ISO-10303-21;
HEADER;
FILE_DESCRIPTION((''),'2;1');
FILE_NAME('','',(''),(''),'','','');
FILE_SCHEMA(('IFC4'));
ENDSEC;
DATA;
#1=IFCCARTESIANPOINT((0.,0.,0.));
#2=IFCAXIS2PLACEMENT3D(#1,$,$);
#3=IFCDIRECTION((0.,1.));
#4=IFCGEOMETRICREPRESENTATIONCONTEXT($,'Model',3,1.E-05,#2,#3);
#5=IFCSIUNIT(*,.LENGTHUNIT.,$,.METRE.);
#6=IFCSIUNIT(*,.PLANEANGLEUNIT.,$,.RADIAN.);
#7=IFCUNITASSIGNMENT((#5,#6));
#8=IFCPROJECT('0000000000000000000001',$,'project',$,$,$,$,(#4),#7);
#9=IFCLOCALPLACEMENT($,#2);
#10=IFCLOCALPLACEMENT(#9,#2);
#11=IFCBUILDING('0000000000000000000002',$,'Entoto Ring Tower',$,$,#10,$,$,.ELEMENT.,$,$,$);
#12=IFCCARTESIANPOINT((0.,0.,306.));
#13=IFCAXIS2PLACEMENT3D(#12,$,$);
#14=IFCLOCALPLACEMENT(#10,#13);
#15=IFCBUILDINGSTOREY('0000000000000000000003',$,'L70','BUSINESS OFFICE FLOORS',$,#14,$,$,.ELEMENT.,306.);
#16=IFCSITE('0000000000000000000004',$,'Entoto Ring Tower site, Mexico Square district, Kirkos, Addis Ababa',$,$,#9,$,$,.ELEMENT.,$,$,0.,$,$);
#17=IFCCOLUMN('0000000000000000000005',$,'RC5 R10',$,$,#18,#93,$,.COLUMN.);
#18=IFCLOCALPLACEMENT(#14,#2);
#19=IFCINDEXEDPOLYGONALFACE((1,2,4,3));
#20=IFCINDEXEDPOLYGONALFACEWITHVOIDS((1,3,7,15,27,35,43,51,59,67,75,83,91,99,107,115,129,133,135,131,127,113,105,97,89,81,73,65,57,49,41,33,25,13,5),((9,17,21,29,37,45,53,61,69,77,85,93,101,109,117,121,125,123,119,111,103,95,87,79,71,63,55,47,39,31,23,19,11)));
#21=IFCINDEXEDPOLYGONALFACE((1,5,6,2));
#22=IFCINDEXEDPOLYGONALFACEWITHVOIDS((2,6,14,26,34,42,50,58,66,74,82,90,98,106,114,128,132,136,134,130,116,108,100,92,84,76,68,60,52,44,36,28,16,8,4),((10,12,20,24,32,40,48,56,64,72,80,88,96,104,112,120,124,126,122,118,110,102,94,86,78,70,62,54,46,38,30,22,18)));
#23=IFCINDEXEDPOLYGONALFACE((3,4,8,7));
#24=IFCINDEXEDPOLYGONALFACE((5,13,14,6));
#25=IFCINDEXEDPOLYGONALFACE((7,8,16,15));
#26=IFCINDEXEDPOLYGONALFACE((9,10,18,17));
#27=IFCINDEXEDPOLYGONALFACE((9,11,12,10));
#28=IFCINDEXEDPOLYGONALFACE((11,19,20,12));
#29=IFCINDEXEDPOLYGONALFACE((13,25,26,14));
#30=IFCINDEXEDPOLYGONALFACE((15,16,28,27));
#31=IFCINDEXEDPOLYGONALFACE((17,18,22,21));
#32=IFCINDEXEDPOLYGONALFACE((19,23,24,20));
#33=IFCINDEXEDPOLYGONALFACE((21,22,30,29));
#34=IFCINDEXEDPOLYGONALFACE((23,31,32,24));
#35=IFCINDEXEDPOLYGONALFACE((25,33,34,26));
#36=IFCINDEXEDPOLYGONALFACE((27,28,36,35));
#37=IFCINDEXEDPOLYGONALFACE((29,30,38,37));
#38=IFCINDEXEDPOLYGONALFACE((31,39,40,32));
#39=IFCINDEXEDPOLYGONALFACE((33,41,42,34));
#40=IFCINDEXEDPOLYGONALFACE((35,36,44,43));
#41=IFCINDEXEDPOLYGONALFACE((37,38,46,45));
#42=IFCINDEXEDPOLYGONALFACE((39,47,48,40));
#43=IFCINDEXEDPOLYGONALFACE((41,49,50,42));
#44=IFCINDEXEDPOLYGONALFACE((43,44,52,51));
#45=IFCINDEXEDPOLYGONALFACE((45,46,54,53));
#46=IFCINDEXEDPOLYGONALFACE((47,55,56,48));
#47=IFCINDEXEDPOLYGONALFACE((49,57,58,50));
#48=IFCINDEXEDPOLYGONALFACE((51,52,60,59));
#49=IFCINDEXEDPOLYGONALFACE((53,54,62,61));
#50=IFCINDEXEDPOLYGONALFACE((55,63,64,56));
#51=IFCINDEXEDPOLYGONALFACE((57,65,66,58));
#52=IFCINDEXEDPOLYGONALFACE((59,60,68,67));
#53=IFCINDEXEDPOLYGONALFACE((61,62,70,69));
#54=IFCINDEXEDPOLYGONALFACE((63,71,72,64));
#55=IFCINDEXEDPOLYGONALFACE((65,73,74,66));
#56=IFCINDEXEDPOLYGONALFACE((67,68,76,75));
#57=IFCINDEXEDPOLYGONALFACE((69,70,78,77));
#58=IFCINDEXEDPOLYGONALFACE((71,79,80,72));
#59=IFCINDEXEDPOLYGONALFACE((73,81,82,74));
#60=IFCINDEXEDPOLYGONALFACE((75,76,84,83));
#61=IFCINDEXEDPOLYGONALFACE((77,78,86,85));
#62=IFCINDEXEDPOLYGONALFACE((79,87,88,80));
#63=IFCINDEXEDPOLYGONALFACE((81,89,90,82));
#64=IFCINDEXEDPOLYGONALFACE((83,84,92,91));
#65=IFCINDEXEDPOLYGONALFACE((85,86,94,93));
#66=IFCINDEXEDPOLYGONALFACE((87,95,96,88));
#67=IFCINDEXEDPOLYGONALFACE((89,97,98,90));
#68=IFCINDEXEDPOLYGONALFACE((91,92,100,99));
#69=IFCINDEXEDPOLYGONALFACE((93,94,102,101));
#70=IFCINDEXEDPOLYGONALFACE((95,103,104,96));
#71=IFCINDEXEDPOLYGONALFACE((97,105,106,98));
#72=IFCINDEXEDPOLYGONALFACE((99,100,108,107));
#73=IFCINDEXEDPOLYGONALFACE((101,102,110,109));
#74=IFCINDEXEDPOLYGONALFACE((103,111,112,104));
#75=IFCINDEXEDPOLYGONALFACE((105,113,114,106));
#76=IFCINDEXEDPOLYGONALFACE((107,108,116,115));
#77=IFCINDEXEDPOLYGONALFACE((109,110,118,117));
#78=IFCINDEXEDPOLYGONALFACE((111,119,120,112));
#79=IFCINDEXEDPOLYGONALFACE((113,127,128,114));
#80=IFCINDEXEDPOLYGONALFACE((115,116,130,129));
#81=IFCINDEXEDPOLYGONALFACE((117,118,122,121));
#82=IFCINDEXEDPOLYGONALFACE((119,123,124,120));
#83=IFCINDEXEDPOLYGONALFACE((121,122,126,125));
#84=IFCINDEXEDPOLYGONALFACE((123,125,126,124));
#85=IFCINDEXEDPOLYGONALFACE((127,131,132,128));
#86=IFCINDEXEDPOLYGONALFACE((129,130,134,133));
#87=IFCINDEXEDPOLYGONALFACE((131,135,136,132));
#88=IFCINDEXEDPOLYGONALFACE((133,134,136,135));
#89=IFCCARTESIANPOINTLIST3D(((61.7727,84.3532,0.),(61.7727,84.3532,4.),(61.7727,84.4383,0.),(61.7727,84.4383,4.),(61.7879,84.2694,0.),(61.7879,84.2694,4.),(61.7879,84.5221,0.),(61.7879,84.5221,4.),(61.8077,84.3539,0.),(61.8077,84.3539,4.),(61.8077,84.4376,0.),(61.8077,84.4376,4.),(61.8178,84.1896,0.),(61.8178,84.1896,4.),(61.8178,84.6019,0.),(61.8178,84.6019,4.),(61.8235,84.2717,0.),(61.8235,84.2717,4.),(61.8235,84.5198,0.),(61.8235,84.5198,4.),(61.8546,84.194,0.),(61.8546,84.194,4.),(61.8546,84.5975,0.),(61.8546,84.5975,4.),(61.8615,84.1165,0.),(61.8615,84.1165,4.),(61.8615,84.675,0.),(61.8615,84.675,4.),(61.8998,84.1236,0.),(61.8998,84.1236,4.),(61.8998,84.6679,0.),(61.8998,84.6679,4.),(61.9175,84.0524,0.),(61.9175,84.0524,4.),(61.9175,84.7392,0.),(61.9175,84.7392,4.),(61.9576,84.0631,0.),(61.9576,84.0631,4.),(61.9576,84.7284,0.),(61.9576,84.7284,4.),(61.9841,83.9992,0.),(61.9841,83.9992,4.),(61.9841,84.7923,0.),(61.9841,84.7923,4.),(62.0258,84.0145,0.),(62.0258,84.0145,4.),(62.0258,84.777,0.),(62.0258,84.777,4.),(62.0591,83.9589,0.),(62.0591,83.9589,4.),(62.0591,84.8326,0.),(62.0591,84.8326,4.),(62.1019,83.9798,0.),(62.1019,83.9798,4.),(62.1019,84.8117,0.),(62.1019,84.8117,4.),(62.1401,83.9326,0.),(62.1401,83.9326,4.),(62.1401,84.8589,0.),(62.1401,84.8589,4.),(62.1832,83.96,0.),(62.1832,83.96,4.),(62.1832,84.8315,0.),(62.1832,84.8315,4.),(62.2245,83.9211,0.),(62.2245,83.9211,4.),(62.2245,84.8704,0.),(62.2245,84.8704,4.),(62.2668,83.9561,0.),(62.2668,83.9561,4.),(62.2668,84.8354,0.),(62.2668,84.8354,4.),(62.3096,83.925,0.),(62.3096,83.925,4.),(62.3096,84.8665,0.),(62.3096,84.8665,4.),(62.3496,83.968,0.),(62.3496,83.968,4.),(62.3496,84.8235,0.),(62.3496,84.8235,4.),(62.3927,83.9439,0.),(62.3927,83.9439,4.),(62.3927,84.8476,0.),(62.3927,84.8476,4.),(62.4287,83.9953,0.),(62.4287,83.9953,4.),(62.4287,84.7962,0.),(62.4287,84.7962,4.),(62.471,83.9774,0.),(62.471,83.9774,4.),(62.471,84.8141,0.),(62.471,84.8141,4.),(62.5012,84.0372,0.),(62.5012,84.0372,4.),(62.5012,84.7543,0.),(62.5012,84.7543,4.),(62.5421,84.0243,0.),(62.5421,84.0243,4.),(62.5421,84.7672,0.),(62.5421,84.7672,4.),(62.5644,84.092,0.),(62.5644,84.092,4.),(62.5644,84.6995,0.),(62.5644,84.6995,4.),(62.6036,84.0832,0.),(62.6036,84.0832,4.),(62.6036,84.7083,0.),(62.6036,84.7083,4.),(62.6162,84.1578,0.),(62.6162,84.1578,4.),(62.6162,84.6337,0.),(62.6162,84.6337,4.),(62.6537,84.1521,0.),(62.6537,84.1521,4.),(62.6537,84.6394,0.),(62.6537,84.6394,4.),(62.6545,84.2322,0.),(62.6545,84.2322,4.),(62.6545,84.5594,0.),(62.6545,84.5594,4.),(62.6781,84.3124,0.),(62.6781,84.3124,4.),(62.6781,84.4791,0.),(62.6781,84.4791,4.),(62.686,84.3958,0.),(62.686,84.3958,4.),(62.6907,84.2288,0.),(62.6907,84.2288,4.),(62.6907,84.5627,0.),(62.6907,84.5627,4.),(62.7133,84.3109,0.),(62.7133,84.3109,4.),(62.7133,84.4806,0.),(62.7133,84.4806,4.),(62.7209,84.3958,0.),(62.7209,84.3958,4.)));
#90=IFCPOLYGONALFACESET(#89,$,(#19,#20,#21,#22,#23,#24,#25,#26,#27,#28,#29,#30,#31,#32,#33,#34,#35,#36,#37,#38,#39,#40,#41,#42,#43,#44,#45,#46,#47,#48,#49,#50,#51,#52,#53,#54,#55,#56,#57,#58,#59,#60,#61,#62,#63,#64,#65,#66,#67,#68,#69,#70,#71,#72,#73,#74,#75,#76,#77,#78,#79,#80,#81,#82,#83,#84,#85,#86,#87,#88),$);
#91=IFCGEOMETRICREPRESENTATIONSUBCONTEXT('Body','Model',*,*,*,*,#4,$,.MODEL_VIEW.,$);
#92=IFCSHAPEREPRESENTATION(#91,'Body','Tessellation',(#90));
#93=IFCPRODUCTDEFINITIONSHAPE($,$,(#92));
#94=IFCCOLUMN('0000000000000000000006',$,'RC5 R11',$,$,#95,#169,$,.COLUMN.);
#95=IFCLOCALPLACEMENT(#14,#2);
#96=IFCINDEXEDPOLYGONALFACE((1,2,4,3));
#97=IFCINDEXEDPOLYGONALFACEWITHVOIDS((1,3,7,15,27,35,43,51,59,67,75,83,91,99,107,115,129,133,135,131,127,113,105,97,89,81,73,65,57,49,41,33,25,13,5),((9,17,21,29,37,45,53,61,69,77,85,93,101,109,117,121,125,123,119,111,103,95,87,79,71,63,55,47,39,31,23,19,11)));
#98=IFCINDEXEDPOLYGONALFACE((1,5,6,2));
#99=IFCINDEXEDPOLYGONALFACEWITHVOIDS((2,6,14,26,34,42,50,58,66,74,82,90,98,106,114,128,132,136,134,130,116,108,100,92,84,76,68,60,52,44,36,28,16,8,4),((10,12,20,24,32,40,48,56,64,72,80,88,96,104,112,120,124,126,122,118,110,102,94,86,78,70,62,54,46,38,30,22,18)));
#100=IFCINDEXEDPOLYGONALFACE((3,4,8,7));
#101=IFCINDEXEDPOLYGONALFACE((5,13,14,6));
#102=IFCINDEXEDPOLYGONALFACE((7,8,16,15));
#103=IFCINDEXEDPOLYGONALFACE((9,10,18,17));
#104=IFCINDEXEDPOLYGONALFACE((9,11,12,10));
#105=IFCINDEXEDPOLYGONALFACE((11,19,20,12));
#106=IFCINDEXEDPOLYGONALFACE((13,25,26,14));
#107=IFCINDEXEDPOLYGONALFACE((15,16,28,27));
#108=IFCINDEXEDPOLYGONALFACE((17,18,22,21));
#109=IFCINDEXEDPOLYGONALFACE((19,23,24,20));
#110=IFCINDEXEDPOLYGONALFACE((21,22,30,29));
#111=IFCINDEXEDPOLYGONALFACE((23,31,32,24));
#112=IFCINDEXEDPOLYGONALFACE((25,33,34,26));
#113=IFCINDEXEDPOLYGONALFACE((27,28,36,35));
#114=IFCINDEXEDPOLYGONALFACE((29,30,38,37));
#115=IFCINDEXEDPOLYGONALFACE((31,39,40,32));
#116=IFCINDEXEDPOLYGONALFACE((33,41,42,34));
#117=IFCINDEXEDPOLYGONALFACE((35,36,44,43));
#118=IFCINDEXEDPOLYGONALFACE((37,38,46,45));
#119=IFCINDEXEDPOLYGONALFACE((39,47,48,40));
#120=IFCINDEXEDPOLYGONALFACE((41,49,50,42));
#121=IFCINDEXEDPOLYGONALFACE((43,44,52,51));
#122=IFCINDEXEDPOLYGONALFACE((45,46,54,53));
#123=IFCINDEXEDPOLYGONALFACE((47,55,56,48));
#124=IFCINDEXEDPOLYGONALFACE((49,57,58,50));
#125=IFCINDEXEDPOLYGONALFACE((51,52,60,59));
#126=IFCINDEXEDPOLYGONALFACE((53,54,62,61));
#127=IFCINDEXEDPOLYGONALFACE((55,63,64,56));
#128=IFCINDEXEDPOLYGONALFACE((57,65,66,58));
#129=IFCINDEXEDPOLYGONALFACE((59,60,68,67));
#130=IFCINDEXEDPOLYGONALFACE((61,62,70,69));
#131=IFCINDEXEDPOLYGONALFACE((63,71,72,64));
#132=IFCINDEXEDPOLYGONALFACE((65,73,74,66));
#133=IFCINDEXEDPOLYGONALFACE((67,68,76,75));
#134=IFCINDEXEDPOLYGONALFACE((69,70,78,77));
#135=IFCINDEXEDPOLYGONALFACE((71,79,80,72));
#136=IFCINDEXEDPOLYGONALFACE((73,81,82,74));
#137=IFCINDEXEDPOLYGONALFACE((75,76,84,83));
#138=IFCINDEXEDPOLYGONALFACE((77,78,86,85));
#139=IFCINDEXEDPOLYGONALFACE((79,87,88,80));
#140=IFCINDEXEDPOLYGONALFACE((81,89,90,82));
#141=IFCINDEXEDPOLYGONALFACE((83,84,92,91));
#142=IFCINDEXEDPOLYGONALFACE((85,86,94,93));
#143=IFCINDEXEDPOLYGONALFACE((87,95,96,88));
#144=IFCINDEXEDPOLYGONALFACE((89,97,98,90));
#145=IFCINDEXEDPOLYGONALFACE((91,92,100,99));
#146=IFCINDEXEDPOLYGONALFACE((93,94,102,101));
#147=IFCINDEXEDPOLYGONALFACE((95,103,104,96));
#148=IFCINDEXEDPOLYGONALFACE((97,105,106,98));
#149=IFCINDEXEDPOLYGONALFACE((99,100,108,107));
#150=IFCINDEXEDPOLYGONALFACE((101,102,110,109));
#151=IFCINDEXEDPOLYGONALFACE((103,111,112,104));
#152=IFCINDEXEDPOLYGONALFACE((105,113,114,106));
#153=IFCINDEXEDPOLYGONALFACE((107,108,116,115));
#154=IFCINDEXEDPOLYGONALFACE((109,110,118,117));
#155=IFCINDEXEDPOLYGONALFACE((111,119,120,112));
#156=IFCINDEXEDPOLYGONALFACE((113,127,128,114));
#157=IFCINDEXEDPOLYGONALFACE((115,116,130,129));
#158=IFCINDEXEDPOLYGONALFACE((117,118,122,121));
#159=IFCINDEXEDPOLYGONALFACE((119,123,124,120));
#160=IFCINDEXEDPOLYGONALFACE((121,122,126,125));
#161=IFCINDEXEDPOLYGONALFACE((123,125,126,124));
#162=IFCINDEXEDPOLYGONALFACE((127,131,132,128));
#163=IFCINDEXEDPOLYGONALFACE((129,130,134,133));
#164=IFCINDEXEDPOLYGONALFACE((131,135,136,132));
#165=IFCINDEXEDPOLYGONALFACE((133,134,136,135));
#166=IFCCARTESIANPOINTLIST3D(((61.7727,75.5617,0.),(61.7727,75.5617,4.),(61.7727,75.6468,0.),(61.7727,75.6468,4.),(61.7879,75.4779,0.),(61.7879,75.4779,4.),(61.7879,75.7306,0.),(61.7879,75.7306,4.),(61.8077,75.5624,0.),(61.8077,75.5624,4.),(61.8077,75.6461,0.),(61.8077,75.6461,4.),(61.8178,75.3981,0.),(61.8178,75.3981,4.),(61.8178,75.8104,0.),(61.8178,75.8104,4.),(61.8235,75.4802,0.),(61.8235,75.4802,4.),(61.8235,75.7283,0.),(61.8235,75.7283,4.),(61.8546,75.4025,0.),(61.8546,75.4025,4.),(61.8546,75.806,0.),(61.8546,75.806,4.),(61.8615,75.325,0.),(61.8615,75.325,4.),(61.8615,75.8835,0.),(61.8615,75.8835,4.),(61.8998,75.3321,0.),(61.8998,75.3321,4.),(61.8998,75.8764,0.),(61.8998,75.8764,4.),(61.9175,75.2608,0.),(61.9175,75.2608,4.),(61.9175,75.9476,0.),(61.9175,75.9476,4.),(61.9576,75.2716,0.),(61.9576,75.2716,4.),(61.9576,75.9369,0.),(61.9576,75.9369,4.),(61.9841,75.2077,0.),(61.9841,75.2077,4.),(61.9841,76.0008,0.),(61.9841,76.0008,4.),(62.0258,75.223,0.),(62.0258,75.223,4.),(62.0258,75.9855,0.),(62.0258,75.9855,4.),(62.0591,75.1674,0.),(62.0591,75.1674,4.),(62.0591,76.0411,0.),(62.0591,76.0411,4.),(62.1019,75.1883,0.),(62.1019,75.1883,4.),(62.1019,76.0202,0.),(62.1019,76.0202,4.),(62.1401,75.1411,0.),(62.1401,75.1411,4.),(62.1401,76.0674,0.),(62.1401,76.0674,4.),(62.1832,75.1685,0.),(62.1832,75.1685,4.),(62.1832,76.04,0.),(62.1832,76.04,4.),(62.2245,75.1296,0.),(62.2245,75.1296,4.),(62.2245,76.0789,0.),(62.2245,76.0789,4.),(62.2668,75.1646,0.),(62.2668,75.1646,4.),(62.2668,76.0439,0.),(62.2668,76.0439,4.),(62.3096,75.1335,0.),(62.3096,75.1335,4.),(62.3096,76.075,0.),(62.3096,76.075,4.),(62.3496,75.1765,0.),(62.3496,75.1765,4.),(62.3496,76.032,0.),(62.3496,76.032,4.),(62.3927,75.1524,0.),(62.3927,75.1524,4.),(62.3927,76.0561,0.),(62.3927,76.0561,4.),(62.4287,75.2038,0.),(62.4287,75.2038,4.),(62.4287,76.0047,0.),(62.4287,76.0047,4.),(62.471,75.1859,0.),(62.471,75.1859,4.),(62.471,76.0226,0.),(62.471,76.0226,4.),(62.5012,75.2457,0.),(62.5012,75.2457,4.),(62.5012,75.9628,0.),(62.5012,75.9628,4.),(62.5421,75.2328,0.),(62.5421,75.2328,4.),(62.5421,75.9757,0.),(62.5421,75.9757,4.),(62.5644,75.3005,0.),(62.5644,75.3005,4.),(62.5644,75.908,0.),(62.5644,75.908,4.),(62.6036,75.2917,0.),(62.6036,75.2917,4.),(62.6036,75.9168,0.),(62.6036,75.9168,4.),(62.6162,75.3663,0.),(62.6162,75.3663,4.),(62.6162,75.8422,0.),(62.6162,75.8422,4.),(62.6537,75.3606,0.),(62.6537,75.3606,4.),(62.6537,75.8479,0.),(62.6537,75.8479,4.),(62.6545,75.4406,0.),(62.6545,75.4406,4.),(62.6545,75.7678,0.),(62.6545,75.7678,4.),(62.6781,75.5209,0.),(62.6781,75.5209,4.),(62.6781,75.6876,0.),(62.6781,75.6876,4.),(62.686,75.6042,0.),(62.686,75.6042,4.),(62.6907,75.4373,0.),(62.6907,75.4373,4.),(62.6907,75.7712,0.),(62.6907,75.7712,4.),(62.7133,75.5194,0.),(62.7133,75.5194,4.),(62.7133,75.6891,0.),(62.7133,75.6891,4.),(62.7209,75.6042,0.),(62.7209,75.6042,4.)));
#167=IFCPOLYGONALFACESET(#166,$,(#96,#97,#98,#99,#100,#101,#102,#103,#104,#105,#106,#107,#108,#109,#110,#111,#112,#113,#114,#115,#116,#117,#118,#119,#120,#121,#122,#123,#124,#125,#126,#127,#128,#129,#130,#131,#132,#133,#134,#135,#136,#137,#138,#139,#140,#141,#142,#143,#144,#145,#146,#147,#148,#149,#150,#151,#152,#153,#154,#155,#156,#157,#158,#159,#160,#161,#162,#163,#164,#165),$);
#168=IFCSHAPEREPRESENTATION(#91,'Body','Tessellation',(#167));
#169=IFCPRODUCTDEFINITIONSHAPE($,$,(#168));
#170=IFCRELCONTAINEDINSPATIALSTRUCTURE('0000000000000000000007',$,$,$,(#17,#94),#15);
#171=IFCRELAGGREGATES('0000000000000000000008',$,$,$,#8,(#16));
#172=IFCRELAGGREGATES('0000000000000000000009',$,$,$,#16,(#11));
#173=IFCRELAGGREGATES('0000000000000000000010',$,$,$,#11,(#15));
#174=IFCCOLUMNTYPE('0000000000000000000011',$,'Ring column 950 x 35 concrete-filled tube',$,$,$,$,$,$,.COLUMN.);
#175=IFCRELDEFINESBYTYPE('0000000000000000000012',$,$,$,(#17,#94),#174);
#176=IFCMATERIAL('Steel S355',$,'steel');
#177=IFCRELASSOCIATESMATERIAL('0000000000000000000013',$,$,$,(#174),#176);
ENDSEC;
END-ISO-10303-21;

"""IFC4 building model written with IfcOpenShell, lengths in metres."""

from ifc_helpers import new_model, si_unit, direction, frame, origin, origin_2d, place, context, subcontext, project, spatial, circle, hollow_circle, extrude, material, material_profile, profile_set, type_object, element, save


model = new_model("IFC4")

# Units and contexts
model_context = context("Model", 3, precision=1e-05, world=origin(), true_north=direction((0.0, 1.0)))
body_context = subcontext(model_context, "Body", "Model", "MODEL_VIEW")
ifc_project = project(units=[si_unit("LENGTHUNIT", "METRE"), si_unit("PLANEANGLEUNIT", "RADIAN")], contexts=[model_context])

# Site, building, storey
site_placement = place(None, origin())
site = spatial("IfcSite", under=ifc_project, at=site_placement, Name="Entoto Ring Tower site, Mexico Square district, Kirkos, Addis Ababa", CompositionType="ELEMENT", RefElevation=0.0)
building_placement = place(site_placement, origin())
building = spatial("IfcBuilding", under=site, at=building_placement, Name="Entoto Ring Tower", CompositionType="ELEMENT")
storey_placement = place(building_placement, frame((0.0, 0.0, 306.0)))
storey = spatial("IfcBuildingStorey", under=building, at=storey_placement, Name="L70", Description="BUSINESS OFFICE FLOORS", CompositionType="ELEMENT", Elevation=306.0)

# Columns
ifc_material_1 = material(Name="Steel S355", Category="steel")
ifc_material_profile_1 = material_profile(ifc_material_1, hollow_circle(Radius=0.4751, WallThickness=0.0349, at=origin_2d()), Name="CHS 950 x 35")
ifc_material_2 = material(Name="Concrete C60/75", Category="concrete")
ifc_material_profile_2 = material_profile(ifc_material_2, circle(Radius=0.4399, at=origin_2d()), Name="Concrete C60/75 infill")
ifc_profile_set_1 = profile_set([ifc_material_profile_1, ifc_material_profile_2], Name="Steel S355")
column_type = type_object("IfcColumnType", Name="Ring column 950 x 35 concrete-filled tube", PredefinedType="COLUMN", material=ifc_profile_set_1)
for number, where, z_axis, x_axis, name in (
    (1, (62.2458, 84.3958, 0.0), (0.0, 0.0, 1.0), (1.0, 0.0, 0.0), "RC5 R10"),
    (2, (62.2458, 75.6042, 0.0), (0.0, 0.0, 1.0), (1.0, 0.0, 0.0), "RC5 R11"),
):
    element("IfcColumn", number, at=place(storey_placement, frame(where, z_axis=z_axis, x_axis=x_axis)), inside=storey, type_object=column_type, Name=name, PredefinedType="COLUMN", context=body_context, shape_type="SweptSolid", body=[
        extrude(hollow_circle(Radius=0.4751, WallThickness=0.0349, at=origin_2d()), origin(), (0.0, 0.0, 1.0), 4.0),
    ])

save(model, "model.ifc")
